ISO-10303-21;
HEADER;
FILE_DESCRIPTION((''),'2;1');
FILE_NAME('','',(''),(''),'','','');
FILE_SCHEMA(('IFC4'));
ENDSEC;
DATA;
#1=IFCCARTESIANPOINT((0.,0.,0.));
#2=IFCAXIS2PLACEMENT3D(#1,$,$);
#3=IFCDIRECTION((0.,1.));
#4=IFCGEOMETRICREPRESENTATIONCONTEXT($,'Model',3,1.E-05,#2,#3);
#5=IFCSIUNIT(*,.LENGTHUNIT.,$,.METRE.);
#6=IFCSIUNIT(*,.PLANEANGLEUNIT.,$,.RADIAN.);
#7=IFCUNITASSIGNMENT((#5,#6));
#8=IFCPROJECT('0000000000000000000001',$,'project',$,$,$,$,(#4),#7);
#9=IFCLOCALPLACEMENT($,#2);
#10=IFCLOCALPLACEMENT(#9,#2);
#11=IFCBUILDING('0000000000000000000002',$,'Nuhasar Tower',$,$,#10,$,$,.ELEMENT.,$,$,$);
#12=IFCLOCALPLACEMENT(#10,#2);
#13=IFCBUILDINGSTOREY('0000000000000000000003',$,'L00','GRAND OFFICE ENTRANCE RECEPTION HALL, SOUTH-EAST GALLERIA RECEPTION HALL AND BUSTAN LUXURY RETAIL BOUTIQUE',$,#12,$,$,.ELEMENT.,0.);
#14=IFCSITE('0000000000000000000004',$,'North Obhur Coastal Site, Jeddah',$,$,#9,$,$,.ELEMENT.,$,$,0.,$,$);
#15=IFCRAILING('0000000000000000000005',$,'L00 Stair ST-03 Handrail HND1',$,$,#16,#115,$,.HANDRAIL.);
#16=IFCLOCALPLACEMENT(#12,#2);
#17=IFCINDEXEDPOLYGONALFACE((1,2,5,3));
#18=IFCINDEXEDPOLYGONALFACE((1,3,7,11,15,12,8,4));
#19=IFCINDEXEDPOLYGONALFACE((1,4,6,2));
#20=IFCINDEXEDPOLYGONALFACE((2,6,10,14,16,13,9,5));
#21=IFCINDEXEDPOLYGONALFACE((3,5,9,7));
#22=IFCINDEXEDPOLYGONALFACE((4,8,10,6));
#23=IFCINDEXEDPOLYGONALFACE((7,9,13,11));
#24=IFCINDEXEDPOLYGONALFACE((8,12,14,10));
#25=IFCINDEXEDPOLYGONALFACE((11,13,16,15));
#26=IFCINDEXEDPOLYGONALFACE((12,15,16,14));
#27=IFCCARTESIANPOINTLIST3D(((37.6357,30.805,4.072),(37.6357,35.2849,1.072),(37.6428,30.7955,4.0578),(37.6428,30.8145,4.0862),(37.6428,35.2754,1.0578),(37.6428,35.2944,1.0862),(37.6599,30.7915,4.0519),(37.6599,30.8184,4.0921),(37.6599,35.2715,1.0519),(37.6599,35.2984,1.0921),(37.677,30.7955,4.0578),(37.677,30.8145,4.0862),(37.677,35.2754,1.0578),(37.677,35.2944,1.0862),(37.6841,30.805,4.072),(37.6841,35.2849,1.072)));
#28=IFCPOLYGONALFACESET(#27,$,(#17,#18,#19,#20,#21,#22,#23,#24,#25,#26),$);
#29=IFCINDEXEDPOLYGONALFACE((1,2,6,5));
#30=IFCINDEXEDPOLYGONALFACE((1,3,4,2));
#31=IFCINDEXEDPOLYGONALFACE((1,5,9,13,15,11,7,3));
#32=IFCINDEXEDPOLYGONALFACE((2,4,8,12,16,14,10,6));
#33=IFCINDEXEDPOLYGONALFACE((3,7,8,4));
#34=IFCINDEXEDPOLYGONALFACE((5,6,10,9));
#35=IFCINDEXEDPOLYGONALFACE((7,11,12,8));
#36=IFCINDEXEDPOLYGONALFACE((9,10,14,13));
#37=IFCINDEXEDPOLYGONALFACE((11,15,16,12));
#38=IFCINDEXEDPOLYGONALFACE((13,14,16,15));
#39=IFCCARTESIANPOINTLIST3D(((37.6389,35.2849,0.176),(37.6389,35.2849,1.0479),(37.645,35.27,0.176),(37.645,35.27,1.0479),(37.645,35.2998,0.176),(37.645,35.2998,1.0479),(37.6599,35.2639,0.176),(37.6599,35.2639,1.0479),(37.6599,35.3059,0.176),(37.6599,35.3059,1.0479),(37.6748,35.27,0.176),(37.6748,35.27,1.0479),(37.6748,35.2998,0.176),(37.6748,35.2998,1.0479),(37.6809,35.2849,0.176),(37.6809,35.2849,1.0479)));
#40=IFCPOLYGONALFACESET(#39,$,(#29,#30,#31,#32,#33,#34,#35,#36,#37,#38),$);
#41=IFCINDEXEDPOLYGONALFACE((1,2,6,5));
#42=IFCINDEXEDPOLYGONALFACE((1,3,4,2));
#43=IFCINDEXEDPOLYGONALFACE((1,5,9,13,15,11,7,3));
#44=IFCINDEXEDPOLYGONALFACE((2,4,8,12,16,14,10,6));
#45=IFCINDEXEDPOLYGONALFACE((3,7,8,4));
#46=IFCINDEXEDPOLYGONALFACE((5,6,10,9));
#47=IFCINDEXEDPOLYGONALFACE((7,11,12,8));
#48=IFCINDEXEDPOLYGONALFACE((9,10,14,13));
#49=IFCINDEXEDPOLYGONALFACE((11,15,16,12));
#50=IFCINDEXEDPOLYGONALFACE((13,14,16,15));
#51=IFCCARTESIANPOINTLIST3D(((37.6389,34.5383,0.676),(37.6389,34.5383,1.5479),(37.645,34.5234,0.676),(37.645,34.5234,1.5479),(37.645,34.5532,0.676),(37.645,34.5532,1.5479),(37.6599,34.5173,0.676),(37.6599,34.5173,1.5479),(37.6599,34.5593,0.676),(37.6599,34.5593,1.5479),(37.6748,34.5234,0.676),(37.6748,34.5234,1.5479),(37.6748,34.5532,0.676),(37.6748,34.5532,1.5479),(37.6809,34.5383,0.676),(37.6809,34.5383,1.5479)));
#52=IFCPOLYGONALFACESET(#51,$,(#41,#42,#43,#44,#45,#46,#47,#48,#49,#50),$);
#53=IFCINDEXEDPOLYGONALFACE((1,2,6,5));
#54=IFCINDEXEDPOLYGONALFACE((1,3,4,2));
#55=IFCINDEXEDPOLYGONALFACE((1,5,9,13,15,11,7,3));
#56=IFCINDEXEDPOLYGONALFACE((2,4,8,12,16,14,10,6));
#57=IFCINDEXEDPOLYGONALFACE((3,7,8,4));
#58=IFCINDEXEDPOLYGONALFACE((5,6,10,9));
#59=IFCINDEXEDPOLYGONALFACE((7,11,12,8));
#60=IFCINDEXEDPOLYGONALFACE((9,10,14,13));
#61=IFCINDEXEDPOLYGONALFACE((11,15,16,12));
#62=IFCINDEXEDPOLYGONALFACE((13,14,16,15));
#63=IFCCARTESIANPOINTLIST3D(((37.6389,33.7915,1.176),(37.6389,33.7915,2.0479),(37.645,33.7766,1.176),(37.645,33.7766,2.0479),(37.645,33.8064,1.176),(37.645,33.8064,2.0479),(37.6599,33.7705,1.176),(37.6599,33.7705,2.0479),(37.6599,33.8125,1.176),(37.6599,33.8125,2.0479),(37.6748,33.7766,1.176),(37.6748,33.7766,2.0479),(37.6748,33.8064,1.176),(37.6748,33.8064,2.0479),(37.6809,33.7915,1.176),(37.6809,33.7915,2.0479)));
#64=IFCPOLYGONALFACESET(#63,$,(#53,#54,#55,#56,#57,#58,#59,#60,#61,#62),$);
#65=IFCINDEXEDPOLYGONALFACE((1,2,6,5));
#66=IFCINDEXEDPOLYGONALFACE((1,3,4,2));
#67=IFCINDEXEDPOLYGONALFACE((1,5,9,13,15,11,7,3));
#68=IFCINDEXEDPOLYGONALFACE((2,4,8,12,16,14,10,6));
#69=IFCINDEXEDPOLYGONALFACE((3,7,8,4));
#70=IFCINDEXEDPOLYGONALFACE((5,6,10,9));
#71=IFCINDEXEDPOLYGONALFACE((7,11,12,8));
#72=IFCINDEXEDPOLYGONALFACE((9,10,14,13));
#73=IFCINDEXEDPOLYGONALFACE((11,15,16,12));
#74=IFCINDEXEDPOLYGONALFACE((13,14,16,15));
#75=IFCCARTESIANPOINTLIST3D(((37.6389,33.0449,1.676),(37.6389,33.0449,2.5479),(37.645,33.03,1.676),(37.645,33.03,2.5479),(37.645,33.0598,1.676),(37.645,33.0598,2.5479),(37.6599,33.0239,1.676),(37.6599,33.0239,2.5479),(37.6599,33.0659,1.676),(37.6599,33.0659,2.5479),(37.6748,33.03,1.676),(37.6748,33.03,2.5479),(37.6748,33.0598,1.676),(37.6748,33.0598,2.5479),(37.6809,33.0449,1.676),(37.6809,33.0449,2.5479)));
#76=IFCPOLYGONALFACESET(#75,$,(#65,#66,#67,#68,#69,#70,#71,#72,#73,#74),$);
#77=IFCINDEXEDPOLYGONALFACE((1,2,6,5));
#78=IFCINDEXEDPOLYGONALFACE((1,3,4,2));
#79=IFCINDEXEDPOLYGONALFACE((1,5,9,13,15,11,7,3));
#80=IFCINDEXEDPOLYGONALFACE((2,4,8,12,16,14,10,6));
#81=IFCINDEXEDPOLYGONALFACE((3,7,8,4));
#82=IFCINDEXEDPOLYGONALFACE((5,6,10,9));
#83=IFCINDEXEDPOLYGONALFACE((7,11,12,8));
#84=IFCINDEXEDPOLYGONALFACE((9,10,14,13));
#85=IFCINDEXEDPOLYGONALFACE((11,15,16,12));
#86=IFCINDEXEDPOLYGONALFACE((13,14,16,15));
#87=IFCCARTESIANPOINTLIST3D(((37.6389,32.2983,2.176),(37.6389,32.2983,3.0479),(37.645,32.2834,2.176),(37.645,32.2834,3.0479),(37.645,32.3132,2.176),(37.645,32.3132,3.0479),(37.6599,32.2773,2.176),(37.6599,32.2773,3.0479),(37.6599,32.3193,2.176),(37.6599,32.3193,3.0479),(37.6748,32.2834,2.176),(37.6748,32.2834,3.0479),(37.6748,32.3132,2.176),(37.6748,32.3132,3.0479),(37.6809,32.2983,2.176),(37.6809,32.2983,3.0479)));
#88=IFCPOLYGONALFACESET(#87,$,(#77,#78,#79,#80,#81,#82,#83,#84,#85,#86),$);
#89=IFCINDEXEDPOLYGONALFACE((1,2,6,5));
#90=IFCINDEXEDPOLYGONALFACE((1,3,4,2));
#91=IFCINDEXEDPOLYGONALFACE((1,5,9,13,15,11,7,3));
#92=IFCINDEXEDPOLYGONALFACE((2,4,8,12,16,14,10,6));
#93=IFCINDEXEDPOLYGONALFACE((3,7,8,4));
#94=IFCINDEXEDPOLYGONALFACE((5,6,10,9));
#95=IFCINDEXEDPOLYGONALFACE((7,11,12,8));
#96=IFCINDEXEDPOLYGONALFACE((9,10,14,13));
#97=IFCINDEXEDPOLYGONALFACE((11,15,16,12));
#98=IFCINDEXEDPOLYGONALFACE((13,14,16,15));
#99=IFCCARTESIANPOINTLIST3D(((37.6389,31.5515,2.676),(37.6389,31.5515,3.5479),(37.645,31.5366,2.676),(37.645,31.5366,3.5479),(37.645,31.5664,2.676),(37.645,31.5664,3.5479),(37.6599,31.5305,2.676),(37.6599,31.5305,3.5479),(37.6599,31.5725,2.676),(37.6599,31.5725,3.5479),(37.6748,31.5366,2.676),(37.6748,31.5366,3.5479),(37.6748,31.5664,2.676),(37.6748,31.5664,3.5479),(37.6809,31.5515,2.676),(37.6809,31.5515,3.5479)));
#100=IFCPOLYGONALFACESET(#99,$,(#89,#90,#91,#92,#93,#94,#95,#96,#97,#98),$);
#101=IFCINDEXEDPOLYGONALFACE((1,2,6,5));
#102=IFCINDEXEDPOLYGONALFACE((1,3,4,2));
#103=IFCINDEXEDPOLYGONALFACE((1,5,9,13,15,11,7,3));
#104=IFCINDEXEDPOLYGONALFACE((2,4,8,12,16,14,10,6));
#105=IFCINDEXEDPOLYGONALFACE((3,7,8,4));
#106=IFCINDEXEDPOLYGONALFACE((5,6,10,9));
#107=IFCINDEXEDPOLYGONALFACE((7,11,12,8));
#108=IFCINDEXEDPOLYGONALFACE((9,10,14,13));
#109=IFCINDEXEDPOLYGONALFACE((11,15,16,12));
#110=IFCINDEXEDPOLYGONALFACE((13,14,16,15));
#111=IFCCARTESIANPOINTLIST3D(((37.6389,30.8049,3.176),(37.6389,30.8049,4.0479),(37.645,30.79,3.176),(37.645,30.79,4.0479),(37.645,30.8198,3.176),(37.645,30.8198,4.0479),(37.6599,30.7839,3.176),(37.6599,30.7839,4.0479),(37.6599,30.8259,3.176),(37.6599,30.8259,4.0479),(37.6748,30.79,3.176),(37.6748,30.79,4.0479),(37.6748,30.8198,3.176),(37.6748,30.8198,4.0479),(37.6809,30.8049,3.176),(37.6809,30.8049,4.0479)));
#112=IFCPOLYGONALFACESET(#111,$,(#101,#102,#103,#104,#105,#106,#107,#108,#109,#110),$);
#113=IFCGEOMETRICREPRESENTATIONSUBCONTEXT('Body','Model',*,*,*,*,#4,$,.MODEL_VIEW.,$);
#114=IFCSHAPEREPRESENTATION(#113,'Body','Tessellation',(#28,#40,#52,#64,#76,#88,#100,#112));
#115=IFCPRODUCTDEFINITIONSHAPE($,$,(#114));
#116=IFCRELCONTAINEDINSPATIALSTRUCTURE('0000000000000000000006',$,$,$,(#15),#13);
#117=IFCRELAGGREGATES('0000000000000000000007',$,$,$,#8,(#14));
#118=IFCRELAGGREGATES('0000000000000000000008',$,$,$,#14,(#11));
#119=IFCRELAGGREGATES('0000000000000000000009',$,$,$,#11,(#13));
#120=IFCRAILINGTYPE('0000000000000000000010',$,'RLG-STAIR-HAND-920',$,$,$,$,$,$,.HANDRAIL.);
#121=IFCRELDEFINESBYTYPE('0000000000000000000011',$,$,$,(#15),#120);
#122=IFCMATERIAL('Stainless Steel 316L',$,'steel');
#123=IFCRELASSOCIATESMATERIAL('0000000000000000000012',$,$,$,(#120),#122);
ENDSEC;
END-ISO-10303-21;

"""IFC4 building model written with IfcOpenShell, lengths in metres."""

from ifc_helpers import new_model, si_unit, direction, frame, origin, place, context, subcontext, project, spatial, polyline, outline, extrude, material, type_object, element, save


model = new_model("IFC4")

# Units and contexts
model_context = context("Model", 3, precision=1e-05, world=origin(), true_north=direction((0.0, 1.0)))
body_context = subcontext(model_context, "Body", "Model", "MODEL_VIEW")
ifc_project = project(units=[si_unit("LENGTHUNIT", "METRE"), si_unit("PLANEANGLEUNIT", "RADIAN")], contexts=[model_context])

# Site, building, storey
site_placement = place(None, origin())
site = spatial("IfcSite", under=ifc_project, at=site_placement, Name="North Obhur Coastal Site, Jeddah", CompositionType="ELEMENT", RefElevation=0.0)
building_placement = place(site_placement, origin())
building = spatial("IfcBuilding", under=site, at=building_placement, Name="Nuhasar Tower", CompositionType="ELEMENT")
storey_placement = place(building_placement, origin())
storey = spatial("IfcBuildingStorey", under=building, at=storey_placement, Name="L00", Description="GRAND OFFICE ENTRANCE RECEPTION HALL, SOUTH-EAST GALLERIA RECEPTION HALL AND BUSTAN LUXURY RETAIL BOUTIQUE", CompositionType="ELEMENT", Elevation=0.0)

# Railing
ifc_material_1 = material(Name="Stainless Steel 316L", Category="steel")
railing_type_1 = type_object("IfcRailingType", Name="RLG-STAIR-HAND-920", PredefinedType="HANDRAIL", material=ifc_material_1)
railing_1_placement = place(storey_placement, frame((37.6599, 35.2849, 0.176)))
element("IfcRailing", 1, at=railing_1_placement, inside=storey, type_object=railing_type_1, Name="L00 Stair ST-03 Handrail HND1", PredefinedType="HANDRAIL", context=body_context, shape_type="SweptSolid", body=[
    extrude(outline(polyline([(0.0242, 0.0), (0.0171, 0.0171), (0.0, 0.0242), (-0.0171, 0.0171), (-0.0242, 0.0), (-0.0171, -0.0171), (0.0, -0.0242), (0.0171, -0.0171), (0.0242, 0.0)])), frame((0.0, 0.0, 0.896), z_axis=(0.0, -0.830906, 0.556413), x_axis=(1.0, 0.0, 0.0)), (0.0, 0.0, 1.0), 5.3916),
    extrude(outline(polyline([(0.021, 0.0), (0.0149, 0.0149), (0.0, 0.021), (-0.0149, 0.0149), (-0.021, 0.0), (-0.0149, -0.0149), (0.0, -0.021), (0.0149, -0.0149), (0.021, 0.0)])), origin(), (0.0, 0.0, 1.0), 0.8718),
    extrude(outline(polyline([(0.021, 0.0), (0.0149, 0.0149), (0.0, 0.021), (-0.0149, 0.0149), (-0.021, 0.0), (-0.0149, -0.0149), (0.0, -0.021), (0.0149, -0.0149), (0.021, 0.0)])), frame((0.0, -0.7466, 0.5)), (0.0, 0.0, 1.0), 0.8718),
    extrude(outline(polyline([(0.021, 0.0), (0.0149, 0.0149), (0.0, 0.021), (-0.0149, 0.0149), (-0.021, 0.0), (-0.0149, -0.0149), (0.0, -0.021), (0.0149, -0.0149), (0.021, 0.0)])), frame((0.0, -1.4934, 1.0)), (0.0, 0.0, 1.0), 0.8718),
    extrude(outline(polyline([(0.021, 0.0), (0.0149, 0.0149), (0.0, 0.021), (-0.0149, 0.0149), (-0.021, 0.0), (-0.0149, -0.0149), (0.0, -0.021), (0.0149, -0.0149), (0.021, 0.0)])), frame((0.0, -2.24, 1.5)), (0.0, 0.0, 1.0), 0.8718),
    extrude(outline(polyline([(0.021, 0.0), (0.0149, 0.0149), (0.0, 0.021), (-0.0149, 0.0149), (-0.021, 0.0), (-0.0149, -0.0149), (0.0, -0.021), (0.0149, -0.0149), (0.021, 0.0)])), frame((0.0, -2.9866, 2.0)), (0.0, 0.0, 1.0), 0.8718),
    extrude(outline(polyline([(0.021, 0.0), (0.0149, 0.0149), (0.0, 0.021), (-0.0149, 0.0149), (-0.021, 0.0), (-0.0149, -0.0149), (0.0, -0.021), (0.0149, -0.0149), (0.021, 0.0)])), frame((0.0, -3.7334, 2.5)), (0.0, 0.0, 1.0), 0.8718),
    extrude(outline(polyline([(0.021, 0.0), (0.0149, 0.0149), (0.0, 0.021), (-0.0149, 0.0149), (-0.021, 0.0), (-0.0149, -0.0149), (0.0, -0.021), (0.0149, -0.0149), (0.021, 0.0)])), frame((0.0, -4.48, 3.0)), (0.0, 0.0, 1.0), 0.8718),
])

save(model, "model.ifc")
